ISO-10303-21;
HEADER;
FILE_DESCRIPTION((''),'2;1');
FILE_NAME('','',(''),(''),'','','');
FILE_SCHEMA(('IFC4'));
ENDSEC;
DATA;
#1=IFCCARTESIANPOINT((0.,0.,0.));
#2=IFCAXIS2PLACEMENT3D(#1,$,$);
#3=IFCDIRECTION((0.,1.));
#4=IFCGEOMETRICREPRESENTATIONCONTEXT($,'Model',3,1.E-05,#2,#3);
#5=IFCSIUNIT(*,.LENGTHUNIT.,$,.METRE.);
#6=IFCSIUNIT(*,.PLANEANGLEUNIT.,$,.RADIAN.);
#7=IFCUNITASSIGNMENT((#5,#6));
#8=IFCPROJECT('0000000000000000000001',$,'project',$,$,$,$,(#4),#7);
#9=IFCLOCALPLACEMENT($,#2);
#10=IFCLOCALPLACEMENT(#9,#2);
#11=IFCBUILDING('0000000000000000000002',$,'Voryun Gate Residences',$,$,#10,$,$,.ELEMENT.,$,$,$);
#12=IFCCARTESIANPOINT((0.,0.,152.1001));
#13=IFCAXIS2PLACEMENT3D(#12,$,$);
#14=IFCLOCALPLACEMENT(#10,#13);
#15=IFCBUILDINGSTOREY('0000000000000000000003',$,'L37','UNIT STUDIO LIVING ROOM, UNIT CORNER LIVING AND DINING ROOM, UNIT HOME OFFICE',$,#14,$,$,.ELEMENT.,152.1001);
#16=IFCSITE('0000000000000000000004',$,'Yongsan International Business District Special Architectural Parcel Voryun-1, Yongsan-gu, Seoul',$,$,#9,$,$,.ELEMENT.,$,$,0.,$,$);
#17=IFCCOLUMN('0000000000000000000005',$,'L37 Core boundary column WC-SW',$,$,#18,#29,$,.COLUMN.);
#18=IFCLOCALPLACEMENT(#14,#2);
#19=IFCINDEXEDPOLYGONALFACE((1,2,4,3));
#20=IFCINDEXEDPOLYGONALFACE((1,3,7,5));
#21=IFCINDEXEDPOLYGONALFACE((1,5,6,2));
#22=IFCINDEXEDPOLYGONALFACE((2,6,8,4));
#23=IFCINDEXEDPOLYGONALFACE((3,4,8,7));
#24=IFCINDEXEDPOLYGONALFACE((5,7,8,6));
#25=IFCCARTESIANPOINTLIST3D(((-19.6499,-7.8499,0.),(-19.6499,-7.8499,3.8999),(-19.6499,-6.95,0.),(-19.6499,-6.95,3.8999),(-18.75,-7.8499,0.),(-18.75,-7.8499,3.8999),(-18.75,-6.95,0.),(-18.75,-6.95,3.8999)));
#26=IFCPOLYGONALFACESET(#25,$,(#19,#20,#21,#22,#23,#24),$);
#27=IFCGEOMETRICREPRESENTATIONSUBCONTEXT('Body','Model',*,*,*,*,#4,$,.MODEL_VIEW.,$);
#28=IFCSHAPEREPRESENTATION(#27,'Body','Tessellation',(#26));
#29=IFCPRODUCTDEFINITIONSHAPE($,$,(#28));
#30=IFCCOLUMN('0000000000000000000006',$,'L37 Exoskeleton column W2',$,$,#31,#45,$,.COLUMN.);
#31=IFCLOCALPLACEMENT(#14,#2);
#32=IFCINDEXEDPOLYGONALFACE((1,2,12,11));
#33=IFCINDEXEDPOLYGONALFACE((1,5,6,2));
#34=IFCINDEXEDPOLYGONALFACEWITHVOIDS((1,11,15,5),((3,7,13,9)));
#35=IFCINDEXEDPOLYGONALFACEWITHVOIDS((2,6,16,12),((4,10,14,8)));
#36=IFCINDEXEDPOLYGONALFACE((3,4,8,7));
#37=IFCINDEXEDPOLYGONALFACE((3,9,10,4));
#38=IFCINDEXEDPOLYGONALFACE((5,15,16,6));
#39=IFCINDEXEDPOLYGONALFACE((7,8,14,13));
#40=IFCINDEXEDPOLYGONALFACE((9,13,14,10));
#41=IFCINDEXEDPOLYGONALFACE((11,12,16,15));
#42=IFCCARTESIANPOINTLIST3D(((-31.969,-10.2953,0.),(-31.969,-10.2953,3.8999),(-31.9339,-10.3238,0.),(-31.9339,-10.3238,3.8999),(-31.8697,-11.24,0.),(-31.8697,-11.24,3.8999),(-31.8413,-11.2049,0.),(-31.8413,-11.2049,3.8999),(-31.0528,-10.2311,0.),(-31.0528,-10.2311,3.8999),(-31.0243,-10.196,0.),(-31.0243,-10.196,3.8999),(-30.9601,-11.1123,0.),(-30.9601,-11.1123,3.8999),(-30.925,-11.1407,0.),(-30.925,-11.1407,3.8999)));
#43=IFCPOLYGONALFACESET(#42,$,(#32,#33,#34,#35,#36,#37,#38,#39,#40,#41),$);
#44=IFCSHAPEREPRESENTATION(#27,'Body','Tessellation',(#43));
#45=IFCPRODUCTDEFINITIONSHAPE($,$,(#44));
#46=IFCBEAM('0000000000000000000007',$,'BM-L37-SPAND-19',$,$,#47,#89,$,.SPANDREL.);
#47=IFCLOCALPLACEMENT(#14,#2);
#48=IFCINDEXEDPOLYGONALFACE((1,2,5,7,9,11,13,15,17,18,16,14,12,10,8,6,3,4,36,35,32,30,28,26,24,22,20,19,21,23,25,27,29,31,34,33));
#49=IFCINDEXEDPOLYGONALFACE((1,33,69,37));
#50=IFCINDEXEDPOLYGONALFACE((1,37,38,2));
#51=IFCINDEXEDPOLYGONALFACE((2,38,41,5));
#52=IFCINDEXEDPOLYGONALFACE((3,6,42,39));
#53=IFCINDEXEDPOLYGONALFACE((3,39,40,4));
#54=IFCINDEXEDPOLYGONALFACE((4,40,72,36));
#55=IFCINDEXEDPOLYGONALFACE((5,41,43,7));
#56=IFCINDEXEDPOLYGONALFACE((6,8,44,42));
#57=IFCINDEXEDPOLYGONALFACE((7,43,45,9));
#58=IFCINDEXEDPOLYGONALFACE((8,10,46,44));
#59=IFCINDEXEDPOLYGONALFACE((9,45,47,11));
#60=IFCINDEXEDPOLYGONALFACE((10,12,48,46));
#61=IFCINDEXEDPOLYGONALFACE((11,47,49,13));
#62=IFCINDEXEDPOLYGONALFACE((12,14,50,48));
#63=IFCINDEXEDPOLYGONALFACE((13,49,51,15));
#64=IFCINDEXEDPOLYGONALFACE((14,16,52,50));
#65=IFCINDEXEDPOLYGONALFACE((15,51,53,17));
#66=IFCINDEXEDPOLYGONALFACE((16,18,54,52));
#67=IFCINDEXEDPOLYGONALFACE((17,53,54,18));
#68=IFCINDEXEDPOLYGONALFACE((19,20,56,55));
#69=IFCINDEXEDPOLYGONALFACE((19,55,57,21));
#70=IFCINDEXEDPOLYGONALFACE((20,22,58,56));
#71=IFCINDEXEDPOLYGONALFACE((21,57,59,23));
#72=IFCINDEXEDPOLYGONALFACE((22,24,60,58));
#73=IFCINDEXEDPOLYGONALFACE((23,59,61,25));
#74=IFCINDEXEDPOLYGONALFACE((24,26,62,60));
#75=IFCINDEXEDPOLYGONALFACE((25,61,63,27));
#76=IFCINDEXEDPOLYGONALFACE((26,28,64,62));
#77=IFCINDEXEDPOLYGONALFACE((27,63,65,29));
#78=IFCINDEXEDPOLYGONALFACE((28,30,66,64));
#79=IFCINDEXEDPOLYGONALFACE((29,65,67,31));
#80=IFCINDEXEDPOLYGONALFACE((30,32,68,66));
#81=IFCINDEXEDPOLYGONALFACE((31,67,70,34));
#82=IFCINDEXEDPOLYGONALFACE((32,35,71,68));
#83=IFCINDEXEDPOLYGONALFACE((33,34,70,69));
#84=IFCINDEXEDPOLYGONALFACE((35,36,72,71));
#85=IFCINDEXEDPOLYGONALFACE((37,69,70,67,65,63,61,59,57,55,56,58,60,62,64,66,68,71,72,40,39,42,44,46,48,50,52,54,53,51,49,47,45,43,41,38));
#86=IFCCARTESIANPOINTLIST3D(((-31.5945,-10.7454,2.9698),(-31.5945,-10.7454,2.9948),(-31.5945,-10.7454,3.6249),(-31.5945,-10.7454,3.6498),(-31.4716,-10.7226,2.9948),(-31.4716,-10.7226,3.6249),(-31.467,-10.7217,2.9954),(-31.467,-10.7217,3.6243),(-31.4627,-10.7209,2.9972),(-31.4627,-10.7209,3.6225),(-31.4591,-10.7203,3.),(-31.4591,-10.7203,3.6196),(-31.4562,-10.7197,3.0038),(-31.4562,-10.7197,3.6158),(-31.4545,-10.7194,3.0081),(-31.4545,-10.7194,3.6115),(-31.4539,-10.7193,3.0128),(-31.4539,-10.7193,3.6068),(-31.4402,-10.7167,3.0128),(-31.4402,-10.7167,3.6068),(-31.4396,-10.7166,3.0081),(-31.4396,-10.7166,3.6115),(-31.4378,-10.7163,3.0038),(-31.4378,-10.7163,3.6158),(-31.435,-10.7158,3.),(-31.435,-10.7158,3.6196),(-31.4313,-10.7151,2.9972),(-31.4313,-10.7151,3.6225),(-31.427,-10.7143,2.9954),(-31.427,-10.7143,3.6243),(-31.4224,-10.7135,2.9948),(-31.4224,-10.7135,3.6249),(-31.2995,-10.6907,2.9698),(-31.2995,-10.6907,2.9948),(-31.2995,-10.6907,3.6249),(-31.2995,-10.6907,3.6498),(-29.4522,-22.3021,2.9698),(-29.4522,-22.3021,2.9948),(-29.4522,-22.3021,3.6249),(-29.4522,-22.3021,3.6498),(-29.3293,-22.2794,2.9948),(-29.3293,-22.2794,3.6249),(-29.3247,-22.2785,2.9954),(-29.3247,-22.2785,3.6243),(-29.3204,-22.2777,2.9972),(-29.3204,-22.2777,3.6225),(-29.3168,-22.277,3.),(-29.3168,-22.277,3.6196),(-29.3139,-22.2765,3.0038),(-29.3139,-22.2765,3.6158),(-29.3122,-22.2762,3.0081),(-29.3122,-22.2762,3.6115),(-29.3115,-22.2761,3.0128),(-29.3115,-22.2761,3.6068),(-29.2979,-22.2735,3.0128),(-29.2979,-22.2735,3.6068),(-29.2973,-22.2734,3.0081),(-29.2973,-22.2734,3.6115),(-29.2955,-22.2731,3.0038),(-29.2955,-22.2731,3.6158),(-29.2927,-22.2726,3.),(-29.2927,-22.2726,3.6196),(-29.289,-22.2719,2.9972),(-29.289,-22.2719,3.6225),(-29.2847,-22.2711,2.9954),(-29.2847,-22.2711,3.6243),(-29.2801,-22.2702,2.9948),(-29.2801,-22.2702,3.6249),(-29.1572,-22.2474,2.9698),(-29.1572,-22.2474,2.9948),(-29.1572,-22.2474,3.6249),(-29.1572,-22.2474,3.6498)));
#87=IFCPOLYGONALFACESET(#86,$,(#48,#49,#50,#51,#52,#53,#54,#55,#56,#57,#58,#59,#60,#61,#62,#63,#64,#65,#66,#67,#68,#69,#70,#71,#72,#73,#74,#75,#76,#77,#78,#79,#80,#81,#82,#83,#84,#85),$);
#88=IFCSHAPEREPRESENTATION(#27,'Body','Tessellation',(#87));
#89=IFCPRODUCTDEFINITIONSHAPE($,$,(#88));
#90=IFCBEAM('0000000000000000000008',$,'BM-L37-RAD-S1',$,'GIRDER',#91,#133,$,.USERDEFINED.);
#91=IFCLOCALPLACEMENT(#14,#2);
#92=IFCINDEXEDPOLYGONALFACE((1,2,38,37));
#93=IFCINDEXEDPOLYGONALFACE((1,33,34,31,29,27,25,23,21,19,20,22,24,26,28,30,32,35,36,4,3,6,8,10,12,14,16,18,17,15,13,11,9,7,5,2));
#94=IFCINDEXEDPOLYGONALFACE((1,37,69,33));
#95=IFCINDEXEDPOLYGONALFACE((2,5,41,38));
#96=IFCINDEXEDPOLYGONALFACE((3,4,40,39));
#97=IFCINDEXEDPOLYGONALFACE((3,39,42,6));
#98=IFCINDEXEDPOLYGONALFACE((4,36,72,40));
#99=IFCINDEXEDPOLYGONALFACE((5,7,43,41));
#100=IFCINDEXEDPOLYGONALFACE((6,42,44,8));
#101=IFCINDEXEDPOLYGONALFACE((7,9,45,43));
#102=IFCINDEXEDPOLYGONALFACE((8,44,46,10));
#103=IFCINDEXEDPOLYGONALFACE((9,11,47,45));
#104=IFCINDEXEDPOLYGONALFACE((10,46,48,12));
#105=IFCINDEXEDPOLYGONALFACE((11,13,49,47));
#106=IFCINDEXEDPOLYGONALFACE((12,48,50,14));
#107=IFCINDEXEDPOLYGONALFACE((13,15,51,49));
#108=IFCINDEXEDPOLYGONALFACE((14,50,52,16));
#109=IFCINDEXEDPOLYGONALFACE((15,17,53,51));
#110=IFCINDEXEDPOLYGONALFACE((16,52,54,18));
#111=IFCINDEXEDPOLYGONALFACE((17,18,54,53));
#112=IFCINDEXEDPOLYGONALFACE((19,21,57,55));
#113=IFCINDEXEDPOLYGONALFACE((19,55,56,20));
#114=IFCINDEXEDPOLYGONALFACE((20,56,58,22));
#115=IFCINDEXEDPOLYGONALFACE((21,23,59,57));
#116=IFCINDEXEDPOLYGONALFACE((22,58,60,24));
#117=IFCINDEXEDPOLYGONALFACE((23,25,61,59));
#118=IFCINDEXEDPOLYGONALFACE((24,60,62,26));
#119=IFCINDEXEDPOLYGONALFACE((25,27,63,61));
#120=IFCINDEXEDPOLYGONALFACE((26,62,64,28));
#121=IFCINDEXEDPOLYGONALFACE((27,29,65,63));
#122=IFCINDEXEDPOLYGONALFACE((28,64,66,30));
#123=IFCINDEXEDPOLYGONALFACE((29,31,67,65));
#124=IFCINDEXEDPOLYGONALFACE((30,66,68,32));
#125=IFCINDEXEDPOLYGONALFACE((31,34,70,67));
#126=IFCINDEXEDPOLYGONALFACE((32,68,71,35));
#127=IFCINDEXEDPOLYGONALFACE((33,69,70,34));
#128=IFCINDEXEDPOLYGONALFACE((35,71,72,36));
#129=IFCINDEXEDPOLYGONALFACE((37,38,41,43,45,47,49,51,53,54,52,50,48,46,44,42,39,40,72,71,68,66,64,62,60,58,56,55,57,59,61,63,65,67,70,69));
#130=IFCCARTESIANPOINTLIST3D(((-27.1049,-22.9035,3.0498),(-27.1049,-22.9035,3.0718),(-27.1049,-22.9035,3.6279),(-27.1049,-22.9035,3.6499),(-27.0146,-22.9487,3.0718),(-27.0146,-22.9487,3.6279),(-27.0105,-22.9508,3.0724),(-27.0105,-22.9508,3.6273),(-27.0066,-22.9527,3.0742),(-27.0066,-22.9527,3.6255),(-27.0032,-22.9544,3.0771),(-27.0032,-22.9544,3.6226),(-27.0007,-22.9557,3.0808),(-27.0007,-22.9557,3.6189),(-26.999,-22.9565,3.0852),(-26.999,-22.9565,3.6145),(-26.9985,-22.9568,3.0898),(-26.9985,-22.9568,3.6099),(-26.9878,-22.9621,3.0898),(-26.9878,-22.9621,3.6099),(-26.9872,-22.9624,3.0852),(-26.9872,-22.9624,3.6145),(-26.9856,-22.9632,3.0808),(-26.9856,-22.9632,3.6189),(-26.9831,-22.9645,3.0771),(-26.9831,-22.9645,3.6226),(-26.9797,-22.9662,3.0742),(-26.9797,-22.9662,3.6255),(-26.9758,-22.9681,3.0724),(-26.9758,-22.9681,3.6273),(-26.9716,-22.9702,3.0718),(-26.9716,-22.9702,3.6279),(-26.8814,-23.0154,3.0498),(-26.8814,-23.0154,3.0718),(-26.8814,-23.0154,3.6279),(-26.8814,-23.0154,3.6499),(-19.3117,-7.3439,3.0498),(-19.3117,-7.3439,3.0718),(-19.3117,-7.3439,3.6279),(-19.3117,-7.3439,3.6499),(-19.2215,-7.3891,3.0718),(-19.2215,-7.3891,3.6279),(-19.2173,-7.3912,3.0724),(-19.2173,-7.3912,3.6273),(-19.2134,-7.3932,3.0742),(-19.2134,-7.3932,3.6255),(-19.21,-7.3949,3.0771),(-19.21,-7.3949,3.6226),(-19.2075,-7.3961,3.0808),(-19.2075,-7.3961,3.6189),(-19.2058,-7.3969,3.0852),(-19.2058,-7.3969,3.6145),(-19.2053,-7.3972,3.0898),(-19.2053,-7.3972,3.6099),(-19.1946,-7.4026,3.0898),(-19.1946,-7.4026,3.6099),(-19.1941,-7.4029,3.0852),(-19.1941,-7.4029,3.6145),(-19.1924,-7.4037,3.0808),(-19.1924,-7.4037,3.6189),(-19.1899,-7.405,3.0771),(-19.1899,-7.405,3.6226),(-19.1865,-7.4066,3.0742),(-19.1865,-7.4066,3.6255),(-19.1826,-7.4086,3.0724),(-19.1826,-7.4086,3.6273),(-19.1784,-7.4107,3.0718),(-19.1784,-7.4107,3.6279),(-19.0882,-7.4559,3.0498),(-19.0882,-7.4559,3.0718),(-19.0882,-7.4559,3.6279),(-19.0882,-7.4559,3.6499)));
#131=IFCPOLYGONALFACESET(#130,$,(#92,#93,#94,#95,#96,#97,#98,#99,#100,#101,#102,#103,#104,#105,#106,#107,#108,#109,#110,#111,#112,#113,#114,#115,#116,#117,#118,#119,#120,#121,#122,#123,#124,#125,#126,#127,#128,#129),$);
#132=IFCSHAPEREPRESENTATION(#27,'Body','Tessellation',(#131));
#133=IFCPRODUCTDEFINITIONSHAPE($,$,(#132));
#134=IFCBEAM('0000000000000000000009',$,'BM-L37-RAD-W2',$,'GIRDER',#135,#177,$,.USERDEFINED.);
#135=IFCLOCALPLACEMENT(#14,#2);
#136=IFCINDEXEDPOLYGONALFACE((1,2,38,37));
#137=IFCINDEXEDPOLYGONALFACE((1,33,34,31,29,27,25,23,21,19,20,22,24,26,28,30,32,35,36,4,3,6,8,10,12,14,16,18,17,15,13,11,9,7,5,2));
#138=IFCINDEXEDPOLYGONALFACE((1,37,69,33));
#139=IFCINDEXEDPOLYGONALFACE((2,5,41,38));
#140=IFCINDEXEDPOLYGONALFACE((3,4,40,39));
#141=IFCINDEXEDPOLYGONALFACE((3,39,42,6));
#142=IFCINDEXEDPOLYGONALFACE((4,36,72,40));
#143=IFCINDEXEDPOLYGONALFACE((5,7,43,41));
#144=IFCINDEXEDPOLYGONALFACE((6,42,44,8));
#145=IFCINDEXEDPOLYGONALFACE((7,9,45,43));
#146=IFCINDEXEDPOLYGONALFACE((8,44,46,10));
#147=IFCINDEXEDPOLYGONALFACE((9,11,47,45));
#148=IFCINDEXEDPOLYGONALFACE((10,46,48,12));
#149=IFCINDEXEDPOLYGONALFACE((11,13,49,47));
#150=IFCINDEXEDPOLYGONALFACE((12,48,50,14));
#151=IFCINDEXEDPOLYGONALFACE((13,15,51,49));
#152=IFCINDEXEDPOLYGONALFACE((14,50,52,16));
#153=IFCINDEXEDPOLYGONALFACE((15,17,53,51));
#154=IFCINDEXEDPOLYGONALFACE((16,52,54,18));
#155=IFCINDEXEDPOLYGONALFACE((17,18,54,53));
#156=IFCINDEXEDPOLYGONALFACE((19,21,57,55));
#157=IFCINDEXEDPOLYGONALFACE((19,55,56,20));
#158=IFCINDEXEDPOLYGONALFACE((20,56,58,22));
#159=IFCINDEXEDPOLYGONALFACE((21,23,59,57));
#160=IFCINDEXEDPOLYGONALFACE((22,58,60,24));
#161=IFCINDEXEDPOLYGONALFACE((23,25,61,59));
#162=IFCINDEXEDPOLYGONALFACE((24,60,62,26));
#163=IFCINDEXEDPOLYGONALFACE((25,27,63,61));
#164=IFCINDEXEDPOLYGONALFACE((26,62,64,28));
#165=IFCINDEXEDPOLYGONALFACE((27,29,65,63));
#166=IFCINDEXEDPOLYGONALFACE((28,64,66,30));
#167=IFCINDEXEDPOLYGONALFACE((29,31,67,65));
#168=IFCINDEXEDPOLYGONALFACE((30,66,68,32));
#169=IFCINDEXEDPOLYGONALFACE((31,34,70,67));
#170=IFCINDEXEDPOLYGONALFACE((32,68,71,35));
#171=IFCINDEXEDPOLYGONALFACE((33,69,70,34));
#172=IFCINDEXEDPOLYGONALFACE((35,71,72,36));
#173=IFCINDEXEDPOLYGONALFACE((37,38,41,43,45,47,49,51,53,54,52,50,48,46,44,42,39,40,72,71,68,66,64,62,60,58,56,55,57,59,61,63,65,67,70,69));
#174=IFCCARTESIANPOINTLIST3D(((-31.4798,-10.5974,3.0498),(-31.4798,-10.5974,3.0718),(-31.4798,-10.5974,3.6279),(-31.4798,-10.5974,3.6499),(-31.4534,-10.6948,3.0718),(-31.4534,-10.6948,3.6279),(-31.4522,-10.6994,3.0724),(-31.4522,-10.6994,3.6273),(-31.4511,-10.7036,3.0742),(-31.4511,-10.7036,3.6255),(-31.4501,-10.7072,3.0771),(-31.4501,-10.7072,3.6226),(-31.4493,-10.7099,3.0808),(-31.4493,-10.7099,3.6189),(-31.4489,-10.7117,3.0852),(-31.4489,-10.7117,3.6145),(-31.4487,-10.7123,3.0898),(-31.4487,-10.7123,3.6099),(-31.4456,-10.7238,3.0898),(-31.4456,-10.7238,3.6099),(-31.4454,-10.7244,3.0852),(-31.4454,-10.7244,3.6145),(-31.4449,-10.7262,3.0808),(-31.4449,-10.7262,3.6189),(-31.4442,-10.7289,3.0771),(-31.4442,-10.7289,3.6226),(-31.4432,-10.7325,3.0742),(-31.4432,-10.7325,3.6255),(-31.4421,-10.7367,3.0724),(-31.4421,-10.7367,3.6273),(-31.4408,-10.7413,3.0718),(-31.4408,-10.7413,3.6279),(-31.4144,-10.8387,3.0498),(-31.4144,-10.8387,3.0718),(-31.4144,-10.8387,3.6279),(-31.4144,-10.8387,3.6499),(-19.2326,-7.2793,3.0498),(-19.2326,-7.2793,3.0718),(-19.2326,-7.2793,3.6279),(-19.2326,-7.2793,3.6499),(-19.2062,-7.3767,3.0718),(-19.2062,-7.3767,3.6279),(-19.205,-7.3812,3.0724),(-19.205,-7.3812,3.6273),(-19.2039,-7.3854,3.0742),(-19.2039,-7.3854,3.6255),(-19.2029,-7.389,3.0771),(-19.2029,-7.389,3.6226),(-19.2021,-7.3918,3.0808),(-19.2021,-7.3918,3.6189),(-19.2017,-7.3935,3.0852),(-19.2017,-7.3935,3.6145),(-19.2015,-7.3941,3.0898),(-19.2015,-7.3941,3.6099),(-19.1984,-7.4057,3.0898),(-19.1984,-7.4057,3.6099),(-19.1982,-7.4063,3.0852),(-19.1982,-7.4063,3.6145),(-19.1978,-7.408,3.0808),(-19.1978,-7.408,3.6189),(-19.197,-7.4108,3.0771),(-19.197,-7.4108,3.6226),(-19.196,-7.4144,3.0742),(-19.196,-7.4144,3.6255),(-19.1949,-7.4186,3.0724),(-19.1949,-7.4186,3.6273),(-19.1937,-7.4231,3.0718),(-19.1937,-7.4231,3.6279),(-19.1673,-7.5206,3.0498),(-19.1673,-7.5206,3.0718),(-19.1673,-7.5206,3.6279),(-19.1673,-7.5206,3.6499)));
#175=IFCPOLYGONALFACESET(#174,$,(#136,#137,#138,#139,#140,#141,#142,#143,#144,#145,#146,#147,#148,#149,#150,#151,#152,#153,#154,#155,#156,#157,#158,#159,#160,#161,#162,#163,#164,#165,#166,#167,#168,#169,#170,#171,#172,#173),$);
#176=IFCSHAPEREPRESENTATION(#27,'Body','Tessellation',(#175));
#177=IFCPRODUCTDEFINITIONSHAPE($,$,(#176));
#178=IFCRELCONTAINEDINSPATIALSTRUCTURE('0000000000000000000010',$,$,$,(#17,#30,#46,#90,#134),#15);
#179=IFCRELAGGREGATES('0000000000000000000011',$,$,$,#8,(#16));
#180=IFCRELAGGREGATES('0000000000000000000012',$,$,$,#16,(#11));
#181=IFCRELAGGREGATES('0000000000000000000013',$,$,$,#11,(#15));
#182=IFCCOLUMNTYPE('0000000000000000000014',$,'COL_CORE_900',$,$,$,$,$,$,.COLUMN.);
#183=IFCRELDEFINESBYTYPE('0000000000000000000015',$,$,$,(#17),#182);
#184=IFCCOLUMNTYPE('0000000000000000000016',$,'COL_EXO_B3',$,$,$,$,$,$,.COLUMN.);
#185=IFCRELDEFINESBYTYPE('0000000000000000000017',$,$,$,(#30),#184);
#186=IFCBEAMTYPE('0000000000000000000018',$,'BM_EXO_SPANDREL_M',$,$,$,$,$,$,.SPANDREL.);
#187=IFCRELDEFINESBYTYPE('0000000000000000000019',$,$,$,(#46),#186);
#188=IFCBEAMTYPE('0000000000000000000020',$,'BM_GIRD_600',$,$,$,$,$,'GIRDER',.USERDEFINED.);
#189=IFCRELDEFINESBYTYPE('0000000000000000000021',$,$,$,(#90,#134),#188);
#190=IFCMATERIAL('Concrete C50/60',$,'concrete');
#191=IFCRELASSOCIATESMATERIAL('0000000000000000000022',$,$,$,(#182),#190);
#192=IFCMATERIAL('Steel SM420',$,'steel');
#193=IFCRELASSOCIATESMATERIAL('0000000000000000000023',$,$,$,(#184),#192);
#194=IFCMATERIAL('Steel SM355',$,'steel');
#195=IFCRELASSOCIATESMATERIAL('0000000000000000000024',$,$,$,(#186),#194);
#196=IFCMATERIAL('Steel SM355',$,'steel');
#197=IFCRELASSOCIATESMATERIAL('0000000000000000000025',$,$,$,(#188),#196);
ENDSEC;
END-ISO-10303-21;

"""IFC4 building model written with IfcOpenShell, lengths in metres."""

from ifc_helpers import new_model, si_unit, direction, frame, origin, origin_2d, place, context, subcontext, project, spatial, rectangle, hollow_rectangle, i_section, extrude, material, material_profile, profile_set, type_object, element, save


model = new_model("IFC4")

# Units and contexts
model_context = context("Model", 3, precision=1e-05, world=origin(), true_north=direction((0.0, 1.0)))
body_context = subcontext(model_context, "Body", "Model", "MODEL_VIEW")
ifc_project = project(units=[si_unit("LENGTHUNIT", "METRE"), si_unit("PLANEANGLEUNIT", "RADIAN")], contexts=[model_context])

# Site, building, storey
site_placement = place(None, origin())
site = spatial("IfcSite", under=ifc_project, at=site_placement, Name="Yongsan International Business District Special Architectural Parcel Voryun-1, Yongsan-gu, Seoul", CompositionType="ELEMENT", RefElevation=0.0)
building_placement = place(site_placement, origin())
building = spatial("IfcBuilding", under=site, at=building_placement, Name="Voryun Gate Residences", CompositionType="ELEMENT")
storey_placement = place(building_placement, frame((0.0, 0.0, 152.1001)))
storey = spatial("IfcBuildingStorey", under=building, at=storey_placement, Name="L37", Description="UNIT STUDIO LIVING ROOM, UNIT CORNER LIVING AND DINING ROOM, UNIT HOME OFFICE", CompositionType="ELEMENT", Elevation=152.1001)

# Columns
ifc_material_1 = material(Name="Concrete C50/60", Category="concrete")
ifc_material_profile_1 = material_profile(ifc_material_1, rectangle(XDim=0.8999, YDim=0.8999, at=origin_2d()), Name="RC-900x900")
ifc_profile_set_1 = profile_set([ifc_material_profile_1], Name="Concrete C50/60")
column_type_1 = type_object("IfcColumnType", Name="COL_CORE_900", PredefinedType="COLUMN", material=ifc_profile_set_1)
column_1_placement = place(storey_placement, frame((-19.2, -7.3999, 0.0), z_axis=(0.0, 0.0, 1.0), x_axis=(1.0, 0.0, 0.0)))
element("IfcColumn", 1, at=column_1_placement, inside=storey, type_object=column_type_1, Name="L37 Core boundary column WC-SW", PredefinedType="COLUMN", context=body_context, shape_type="SweptSolid", body=[
    extrude(rectangle(XDim=0.8999, YDim=0.8999, at=origin_2d()), origin(), (0.0, 0.0, 1.0), 3.8999),
])
ifc_material_2 = material(Name="Steel SM420", Category="steel")
ifc_material_profile_2 = material_profile(ifc_material_2, hollow_rectangle(XDim=0.95, YDim=0.95, WallThickness=0.032, at=origin_2d()), Name="BOX-950x950x32")
ifc_profile_set_2 = profile_set([ifc_material_profile_2], Name="Steel SM420")
column_type_2 = type_object("IfcColumnType", Name="COL_EXO_B3", PredefinedType="COLUMN", material=ifc_profile_set_2)
column_2_placement = place(storey_placement, frame((-31.447, -10.718, 0.0), z_axis=(0.0, 0.0, 1.0), x_axis=(0.994522, 0.104528, 0.0)))
element("IfcColumn", 2, at=column_2_placement, inside=storey, type_object=column_type_2, Name="L37 Exoskeleton column W2", PredefinedType="COLUMN", context=body_context, shape_type="SweptSolid", body=[
    extrude(hollow_rectangle(XDim=0.95, YDim=0.95, WallThickness=0.032, at=origin_2d()), origin(), (0.0, 0.0, 1.0), 3.8999),
])

# Beams
ifc_material_3 = material(Name="Steel SM355", Category="steel")
ifc_material_profile_3 = material_profile(ifc_material_3, i_section(OverallWidth=0.3, OverallDepth=0.6799, WebThickness=0.0139, FlangeThickness=0.0249, FilletRadius=0.0181, at=origin_2d()), Name="H-680x300x14x25")
ifc_profile_set_3 = profile_set([ifc_material_profile_3], Name="Steel SM355")
beam_type_1 = type_object("IfcBeamType", Name="BM_EXO_SPANDREL_M", PredefinedType="SPANDREL", material=ifc_profile_set_3)
beam_1_placement = place(storey_placement, frame((-31.447, -10.718, 3.3098), z_axis=(0.182268, -0.983249, 0.0), x_axis=(0.983249, 0.182268, 0.0)))
element("IfcBeam", 3, at=beam_1_placement, inside=storey, type_object=beam_type_1, Name="BM-L37-SPAND-19", PredefinedType="SPANDREL", context=body_context, shape_type="SweptSolid", body=[
    extrude(i_section(OverallWidth=0.3, OverallDepth=0.6799, WebThickness=0.0139, FlangeThickness=0.0249, FilletRadius=0.0181, at=origin_2d()), origin(), (0.0, 0.0, 1.0), 11.7537),
])
ifc_material_4 = material(Name="Steel SM355", Category="steel")
ifc_material_profile_4 = material_profile(ifc_material_4, i_section(OverallWidth=0.25, OverallDepth=0.6001, WebThickness=0.012, FlangeThickness=0.022, FilletRadius=0.0181, at=origin_2d()), Name="H-600x250x12x22")
ifc_profile_set_4 = profile_set([ifc_material_profile_4], Name="Steel SM355")
beam_type_2 = type_object("IfcBeamType", Name="BM_GIRD_600", ElementType="GIRDER", PredefinedType="USERDEFINED", material=ifc_profile_set_4)
beam_2_placement = place(storey_placement, frame((-19.2, -7.3999, 3.3499), z_axis=(-0.447831, -0.894118, 0.0), x_axis=(0.894118, -0.447831, 0.0)))
element("IfcBeam", 4, at=beam_2_placement, inside=storey, type_object=beam_type_2, Name="BM-L37-RAD-S1", ObjectType="GIRDER", PredefinedType="USERDEFINED", context=body_context, shape_type="SweptSolid", body=[
    extrude(i_section(OverallWidth=0.25, OverallDepth=0.6001, WebThickness=0.012, FlangeThickness=0.022, FilletRadius=0.0181, at=origin_2d()), origin(), (0.0, 0.0, 1.0), 17.4021),
])
beam_3_placement = place(storey_placement, frame((-19.2, -7.3999, 3.3499), z_axis=(-0.965202, -0.261504, 0.0), x_axis=(0.261504, -0.965202, 0.0)))
element("IfcBeam", 5, at=beam_3_placement, inside=storey, type_object=beam_type_2, Name="BM-L37-RAD-W2", ObjectType="GIRDER", PredefinedType="USERDEFINED", context=body_context, shape_type="SweptSolid", body=[
    extrude(i_section(OverallWidth=0.25, OverallDepth=0.6001, WebThickness=0.012, FlangeThickness=0.022, FilletRadius=0.0181, at=origin_2d()), origin(), (0.0, 0.0, 1.0), 12.6887),
])

save(model, "model.ifc")
